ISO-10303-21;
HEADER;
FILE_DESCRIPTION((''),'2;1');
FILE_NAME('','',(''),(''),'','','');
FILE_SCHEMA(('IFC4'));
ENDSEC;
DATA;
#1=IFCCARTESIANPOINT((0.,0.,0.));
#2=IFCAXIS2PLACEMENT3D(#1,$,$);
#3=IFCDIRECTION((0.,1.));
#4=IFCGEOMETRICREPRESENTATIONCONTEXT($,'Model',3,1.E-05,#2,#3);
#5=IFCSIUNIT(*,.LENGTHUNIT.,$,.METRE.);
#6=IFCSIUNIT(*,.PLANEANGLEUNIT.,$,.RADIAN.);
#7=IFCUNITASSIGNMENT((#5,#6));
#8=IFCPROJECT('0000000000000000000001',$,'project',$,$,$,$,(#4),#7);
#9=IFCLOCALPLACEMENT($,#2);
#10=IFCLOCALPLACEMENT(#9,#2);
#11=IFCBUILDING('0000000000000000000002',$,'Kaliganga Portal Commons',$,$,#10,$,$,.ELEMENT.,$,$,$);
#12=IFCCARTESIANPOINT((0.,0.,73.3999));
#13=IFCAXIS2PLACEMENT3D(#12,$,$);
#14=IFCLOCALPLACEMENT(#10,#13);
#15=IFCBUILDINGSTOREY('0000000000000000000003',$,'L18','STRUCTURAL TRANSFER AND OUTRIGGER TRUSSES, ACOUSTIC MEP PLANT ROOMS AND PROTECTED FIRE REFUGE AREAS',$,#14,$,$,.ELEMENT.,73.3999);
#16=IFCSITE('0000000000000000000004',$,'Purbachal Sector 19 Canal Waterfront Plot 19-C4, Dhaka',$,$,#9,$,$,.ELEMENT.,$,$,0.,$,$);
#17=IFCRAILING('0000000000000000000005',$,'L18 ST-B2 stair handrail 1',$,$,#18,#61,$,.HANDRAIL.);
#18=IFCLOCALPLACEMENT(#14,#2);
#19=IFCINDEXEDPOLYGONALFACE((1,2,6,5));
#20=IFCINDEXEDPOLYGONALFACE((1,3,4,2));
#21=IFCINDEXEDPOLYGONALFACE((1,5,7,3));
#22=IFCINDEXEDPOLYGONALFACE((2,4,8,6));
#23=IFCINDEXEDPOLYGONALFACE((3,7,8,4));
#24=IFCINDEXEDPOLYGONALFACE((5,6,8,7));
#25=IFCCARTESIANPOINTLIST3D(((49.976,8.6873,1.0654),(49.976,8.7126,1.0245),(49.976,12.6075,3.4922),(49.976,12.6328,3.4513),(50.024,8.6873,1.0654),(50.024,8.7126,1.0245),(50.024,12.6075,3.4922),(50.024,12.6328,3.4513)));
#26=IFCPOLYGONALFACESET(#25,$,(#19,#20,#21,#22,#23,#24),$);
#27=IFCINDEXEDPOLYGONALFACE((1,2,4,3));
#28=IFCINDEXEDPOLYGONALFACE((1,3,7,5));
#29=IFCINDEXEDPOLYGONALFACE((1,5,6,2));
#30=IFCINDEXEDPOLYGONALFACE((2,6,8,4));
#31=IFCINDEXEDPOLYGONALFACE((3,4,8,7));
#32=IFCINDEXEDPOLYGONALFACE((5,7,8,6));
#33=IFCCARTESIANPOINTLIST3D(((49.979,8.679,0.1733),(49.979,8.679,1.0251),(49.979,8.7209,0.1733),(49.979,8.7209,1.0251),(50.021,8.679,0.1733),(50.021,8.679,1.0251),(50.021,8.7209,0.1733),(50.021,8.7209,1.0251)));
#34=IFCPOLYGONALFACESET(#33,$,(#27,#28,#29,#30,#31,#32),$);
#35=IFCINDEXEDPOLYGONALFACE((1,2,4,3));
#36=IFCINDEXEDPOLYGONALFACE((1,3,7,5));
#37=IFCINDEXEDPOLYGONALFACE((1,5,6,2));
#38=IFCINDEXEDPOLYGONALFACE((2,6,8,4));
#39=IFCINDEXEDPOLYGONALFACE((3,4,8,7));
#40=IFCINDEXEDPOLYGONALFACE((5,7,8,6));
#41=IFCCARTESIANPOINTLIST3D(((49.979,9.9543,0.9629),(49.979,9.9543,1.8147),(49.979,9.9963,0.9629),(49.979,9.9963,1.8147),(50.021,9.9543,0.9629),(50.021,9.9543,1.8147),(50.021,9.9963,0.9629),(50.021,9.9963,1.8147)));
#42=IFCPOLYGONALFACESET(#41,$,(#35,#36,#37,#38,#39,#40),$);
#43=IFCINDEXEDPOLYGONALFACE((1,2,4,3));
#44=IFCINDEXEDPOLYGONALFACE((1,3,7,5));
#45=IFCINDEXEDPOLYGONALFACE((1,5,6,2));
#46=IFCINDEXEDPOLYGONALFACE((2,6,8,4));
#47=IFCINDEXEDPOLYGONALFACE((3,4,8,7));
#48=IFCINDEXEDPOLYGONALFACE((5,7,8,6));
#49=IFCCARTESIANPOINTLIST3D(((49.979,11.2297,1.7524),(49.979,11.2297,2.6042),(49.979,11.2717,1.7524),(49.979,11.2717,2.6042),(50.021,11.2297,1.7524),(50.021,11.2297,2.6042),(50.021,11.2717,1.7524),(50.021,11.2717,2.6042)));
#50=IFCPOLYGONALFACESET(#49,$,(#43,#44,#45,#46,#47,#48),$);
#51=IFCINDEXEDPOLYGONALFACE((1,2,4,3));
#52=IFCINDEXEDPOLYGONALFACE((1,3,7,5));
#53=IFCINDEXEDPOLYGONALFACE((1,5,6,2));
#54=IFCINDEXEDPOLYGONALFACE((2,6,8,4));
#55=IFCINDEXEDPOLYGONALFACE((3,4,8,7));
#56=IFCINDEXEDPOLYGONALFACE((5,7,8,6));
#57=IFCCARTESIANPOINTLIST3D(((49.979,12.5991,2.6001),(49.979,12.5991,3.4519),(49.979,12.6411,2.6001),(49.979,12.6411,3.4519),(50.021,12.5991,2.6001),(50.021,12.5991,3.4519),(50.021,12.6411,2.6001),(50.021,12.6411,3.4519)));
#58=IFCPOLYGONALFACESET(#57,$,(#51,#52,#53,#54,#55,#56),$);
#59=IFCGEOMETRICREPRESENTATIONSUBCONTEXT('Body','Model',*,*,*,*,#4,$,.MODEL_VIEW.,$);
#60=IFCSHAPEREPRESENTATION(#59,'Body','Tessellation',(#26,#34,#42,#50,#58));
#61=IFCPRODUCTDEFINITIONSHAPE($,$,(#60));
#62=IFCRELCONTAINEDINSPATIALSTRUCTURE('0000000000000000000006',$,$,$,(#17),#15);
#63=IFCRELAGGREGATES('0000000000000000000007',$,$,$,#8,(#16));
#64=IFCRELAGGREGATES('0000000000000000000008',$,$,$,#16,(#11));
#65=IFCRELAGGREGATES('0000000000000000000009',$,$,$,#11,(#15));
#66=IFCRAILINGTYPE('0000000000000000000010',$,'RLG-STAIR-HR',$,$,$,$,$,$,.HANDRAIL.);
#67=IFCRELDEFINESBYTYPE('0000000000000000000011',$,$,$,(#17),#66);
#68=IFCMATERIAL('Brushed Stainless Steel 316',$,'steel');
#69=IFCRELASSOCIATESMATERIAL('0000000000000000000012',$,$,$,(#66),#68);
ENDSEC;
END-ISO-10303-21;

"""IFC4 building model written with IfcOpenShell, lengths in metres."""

from ifc_helpers import new_model, si_unit, direction, frame, origin, origin_2d, place, context, subcontext, project, spatial, rectangle, extrude, material, type_object, element, save


model = new_model("IFC4")

# Units and contexts
model_context = context("Model", 3, precision=1e-05, world=origin(), true_north=direction((0.0, 1.0)))
body_context = subcontext(model_context, "Body", "Model", "MODEL_VIEW")
ifc_project = project(units=[si_unit("LENGTHUNIT", "METRE"), si_unit("PLANEANGLEUNIT", "RADIAN")], contexts=[model_context])

# Site, building, storey
site_placement = place(None, origin())
site = spatial("IfcSite", under=ifc_project, at=site_placement, Name="Purbachal Sector 19 Canal Waterfront Plot 19-C4, Dhaka", CompositionType="ELEMENT", RefElevation=0.0)
building_placement = place(site_placement, origin())
building = spatial("IfcBuilding", under=site, at=building_placement, Name="Kaliganga Portal Commons", CompositionType="ELEMENT")
storey_placement = place(building_placement, frame((0.0, 0.0, 73.3999)))
storey = spatial("IfcBuildingStorey", under=building, at=storey_placement, Name="L18", Description="STRUCTURAL TRANSFER AND OUTRIGGER TRUSSES, ACOUSTIC MEP PLANT ROOMS AND PROTECTED FIRE REFUGE AREAS", CompositionType="ELEMENT", Elevation=73.3999)

# Railing
ifc_material_1 = material(Name="Brushed Stainless Steel 316", Category="steel")
railing_type_1 = type_object("IfcRailingType", Name="RLG-STAIR-HR", PredefinedType="HANDRAIL", material=ifc_material_1)
railing_1_placement = place(storey_placement, frame((50.0, 8.7, 0.1733)))
element("IfcRailing", 1, at=railing_1_placement, inside=storey, type_object=railing_type_1, Name="L18 ST-B2 stair handrail 1", PredefinedType="HANDRAIL", context=body_context, shape_type="SweptSolid", body=[
    extrude(rectangle(XDim=0.0481, YDim=0.0481, at=origin_2d()), frame((0.0, 0.0, 0.8716), z_axis=(0.0, 0.850266, 0.526353), x_axis=(-1.0, 0.0, 0.0)), (0.0, 0.0, 1.0), 4.6106),
    extrude(rectangle(XDim=0.042, YDim=0.042, at=origin_2d()), origin(), (0.0, 0.0, 1.0), 0.8518),
    extrude(rectangle(XDim=0.042, YDim=0.042, at=origin_2d()), frame((0.0, 1.2754, 0.7896)), (0.0, 0.0, 1.0), 0.8518),
    extrude(rectangle(XDim=0.042, YDim=0.042, at=origin_2d()), frame((0.0, 2.5508, 1.5791)), (0.0, 0.0, 1.0), 0.8518),
    extrude(rectangle(XDim=0.042, YDim=0.042, at=origin_2d()), frame((0.0, 3.9202, 2.4268)), (0.0, 0.0, 1.0), 0.8518),
])

save(model, "model.ifc")
